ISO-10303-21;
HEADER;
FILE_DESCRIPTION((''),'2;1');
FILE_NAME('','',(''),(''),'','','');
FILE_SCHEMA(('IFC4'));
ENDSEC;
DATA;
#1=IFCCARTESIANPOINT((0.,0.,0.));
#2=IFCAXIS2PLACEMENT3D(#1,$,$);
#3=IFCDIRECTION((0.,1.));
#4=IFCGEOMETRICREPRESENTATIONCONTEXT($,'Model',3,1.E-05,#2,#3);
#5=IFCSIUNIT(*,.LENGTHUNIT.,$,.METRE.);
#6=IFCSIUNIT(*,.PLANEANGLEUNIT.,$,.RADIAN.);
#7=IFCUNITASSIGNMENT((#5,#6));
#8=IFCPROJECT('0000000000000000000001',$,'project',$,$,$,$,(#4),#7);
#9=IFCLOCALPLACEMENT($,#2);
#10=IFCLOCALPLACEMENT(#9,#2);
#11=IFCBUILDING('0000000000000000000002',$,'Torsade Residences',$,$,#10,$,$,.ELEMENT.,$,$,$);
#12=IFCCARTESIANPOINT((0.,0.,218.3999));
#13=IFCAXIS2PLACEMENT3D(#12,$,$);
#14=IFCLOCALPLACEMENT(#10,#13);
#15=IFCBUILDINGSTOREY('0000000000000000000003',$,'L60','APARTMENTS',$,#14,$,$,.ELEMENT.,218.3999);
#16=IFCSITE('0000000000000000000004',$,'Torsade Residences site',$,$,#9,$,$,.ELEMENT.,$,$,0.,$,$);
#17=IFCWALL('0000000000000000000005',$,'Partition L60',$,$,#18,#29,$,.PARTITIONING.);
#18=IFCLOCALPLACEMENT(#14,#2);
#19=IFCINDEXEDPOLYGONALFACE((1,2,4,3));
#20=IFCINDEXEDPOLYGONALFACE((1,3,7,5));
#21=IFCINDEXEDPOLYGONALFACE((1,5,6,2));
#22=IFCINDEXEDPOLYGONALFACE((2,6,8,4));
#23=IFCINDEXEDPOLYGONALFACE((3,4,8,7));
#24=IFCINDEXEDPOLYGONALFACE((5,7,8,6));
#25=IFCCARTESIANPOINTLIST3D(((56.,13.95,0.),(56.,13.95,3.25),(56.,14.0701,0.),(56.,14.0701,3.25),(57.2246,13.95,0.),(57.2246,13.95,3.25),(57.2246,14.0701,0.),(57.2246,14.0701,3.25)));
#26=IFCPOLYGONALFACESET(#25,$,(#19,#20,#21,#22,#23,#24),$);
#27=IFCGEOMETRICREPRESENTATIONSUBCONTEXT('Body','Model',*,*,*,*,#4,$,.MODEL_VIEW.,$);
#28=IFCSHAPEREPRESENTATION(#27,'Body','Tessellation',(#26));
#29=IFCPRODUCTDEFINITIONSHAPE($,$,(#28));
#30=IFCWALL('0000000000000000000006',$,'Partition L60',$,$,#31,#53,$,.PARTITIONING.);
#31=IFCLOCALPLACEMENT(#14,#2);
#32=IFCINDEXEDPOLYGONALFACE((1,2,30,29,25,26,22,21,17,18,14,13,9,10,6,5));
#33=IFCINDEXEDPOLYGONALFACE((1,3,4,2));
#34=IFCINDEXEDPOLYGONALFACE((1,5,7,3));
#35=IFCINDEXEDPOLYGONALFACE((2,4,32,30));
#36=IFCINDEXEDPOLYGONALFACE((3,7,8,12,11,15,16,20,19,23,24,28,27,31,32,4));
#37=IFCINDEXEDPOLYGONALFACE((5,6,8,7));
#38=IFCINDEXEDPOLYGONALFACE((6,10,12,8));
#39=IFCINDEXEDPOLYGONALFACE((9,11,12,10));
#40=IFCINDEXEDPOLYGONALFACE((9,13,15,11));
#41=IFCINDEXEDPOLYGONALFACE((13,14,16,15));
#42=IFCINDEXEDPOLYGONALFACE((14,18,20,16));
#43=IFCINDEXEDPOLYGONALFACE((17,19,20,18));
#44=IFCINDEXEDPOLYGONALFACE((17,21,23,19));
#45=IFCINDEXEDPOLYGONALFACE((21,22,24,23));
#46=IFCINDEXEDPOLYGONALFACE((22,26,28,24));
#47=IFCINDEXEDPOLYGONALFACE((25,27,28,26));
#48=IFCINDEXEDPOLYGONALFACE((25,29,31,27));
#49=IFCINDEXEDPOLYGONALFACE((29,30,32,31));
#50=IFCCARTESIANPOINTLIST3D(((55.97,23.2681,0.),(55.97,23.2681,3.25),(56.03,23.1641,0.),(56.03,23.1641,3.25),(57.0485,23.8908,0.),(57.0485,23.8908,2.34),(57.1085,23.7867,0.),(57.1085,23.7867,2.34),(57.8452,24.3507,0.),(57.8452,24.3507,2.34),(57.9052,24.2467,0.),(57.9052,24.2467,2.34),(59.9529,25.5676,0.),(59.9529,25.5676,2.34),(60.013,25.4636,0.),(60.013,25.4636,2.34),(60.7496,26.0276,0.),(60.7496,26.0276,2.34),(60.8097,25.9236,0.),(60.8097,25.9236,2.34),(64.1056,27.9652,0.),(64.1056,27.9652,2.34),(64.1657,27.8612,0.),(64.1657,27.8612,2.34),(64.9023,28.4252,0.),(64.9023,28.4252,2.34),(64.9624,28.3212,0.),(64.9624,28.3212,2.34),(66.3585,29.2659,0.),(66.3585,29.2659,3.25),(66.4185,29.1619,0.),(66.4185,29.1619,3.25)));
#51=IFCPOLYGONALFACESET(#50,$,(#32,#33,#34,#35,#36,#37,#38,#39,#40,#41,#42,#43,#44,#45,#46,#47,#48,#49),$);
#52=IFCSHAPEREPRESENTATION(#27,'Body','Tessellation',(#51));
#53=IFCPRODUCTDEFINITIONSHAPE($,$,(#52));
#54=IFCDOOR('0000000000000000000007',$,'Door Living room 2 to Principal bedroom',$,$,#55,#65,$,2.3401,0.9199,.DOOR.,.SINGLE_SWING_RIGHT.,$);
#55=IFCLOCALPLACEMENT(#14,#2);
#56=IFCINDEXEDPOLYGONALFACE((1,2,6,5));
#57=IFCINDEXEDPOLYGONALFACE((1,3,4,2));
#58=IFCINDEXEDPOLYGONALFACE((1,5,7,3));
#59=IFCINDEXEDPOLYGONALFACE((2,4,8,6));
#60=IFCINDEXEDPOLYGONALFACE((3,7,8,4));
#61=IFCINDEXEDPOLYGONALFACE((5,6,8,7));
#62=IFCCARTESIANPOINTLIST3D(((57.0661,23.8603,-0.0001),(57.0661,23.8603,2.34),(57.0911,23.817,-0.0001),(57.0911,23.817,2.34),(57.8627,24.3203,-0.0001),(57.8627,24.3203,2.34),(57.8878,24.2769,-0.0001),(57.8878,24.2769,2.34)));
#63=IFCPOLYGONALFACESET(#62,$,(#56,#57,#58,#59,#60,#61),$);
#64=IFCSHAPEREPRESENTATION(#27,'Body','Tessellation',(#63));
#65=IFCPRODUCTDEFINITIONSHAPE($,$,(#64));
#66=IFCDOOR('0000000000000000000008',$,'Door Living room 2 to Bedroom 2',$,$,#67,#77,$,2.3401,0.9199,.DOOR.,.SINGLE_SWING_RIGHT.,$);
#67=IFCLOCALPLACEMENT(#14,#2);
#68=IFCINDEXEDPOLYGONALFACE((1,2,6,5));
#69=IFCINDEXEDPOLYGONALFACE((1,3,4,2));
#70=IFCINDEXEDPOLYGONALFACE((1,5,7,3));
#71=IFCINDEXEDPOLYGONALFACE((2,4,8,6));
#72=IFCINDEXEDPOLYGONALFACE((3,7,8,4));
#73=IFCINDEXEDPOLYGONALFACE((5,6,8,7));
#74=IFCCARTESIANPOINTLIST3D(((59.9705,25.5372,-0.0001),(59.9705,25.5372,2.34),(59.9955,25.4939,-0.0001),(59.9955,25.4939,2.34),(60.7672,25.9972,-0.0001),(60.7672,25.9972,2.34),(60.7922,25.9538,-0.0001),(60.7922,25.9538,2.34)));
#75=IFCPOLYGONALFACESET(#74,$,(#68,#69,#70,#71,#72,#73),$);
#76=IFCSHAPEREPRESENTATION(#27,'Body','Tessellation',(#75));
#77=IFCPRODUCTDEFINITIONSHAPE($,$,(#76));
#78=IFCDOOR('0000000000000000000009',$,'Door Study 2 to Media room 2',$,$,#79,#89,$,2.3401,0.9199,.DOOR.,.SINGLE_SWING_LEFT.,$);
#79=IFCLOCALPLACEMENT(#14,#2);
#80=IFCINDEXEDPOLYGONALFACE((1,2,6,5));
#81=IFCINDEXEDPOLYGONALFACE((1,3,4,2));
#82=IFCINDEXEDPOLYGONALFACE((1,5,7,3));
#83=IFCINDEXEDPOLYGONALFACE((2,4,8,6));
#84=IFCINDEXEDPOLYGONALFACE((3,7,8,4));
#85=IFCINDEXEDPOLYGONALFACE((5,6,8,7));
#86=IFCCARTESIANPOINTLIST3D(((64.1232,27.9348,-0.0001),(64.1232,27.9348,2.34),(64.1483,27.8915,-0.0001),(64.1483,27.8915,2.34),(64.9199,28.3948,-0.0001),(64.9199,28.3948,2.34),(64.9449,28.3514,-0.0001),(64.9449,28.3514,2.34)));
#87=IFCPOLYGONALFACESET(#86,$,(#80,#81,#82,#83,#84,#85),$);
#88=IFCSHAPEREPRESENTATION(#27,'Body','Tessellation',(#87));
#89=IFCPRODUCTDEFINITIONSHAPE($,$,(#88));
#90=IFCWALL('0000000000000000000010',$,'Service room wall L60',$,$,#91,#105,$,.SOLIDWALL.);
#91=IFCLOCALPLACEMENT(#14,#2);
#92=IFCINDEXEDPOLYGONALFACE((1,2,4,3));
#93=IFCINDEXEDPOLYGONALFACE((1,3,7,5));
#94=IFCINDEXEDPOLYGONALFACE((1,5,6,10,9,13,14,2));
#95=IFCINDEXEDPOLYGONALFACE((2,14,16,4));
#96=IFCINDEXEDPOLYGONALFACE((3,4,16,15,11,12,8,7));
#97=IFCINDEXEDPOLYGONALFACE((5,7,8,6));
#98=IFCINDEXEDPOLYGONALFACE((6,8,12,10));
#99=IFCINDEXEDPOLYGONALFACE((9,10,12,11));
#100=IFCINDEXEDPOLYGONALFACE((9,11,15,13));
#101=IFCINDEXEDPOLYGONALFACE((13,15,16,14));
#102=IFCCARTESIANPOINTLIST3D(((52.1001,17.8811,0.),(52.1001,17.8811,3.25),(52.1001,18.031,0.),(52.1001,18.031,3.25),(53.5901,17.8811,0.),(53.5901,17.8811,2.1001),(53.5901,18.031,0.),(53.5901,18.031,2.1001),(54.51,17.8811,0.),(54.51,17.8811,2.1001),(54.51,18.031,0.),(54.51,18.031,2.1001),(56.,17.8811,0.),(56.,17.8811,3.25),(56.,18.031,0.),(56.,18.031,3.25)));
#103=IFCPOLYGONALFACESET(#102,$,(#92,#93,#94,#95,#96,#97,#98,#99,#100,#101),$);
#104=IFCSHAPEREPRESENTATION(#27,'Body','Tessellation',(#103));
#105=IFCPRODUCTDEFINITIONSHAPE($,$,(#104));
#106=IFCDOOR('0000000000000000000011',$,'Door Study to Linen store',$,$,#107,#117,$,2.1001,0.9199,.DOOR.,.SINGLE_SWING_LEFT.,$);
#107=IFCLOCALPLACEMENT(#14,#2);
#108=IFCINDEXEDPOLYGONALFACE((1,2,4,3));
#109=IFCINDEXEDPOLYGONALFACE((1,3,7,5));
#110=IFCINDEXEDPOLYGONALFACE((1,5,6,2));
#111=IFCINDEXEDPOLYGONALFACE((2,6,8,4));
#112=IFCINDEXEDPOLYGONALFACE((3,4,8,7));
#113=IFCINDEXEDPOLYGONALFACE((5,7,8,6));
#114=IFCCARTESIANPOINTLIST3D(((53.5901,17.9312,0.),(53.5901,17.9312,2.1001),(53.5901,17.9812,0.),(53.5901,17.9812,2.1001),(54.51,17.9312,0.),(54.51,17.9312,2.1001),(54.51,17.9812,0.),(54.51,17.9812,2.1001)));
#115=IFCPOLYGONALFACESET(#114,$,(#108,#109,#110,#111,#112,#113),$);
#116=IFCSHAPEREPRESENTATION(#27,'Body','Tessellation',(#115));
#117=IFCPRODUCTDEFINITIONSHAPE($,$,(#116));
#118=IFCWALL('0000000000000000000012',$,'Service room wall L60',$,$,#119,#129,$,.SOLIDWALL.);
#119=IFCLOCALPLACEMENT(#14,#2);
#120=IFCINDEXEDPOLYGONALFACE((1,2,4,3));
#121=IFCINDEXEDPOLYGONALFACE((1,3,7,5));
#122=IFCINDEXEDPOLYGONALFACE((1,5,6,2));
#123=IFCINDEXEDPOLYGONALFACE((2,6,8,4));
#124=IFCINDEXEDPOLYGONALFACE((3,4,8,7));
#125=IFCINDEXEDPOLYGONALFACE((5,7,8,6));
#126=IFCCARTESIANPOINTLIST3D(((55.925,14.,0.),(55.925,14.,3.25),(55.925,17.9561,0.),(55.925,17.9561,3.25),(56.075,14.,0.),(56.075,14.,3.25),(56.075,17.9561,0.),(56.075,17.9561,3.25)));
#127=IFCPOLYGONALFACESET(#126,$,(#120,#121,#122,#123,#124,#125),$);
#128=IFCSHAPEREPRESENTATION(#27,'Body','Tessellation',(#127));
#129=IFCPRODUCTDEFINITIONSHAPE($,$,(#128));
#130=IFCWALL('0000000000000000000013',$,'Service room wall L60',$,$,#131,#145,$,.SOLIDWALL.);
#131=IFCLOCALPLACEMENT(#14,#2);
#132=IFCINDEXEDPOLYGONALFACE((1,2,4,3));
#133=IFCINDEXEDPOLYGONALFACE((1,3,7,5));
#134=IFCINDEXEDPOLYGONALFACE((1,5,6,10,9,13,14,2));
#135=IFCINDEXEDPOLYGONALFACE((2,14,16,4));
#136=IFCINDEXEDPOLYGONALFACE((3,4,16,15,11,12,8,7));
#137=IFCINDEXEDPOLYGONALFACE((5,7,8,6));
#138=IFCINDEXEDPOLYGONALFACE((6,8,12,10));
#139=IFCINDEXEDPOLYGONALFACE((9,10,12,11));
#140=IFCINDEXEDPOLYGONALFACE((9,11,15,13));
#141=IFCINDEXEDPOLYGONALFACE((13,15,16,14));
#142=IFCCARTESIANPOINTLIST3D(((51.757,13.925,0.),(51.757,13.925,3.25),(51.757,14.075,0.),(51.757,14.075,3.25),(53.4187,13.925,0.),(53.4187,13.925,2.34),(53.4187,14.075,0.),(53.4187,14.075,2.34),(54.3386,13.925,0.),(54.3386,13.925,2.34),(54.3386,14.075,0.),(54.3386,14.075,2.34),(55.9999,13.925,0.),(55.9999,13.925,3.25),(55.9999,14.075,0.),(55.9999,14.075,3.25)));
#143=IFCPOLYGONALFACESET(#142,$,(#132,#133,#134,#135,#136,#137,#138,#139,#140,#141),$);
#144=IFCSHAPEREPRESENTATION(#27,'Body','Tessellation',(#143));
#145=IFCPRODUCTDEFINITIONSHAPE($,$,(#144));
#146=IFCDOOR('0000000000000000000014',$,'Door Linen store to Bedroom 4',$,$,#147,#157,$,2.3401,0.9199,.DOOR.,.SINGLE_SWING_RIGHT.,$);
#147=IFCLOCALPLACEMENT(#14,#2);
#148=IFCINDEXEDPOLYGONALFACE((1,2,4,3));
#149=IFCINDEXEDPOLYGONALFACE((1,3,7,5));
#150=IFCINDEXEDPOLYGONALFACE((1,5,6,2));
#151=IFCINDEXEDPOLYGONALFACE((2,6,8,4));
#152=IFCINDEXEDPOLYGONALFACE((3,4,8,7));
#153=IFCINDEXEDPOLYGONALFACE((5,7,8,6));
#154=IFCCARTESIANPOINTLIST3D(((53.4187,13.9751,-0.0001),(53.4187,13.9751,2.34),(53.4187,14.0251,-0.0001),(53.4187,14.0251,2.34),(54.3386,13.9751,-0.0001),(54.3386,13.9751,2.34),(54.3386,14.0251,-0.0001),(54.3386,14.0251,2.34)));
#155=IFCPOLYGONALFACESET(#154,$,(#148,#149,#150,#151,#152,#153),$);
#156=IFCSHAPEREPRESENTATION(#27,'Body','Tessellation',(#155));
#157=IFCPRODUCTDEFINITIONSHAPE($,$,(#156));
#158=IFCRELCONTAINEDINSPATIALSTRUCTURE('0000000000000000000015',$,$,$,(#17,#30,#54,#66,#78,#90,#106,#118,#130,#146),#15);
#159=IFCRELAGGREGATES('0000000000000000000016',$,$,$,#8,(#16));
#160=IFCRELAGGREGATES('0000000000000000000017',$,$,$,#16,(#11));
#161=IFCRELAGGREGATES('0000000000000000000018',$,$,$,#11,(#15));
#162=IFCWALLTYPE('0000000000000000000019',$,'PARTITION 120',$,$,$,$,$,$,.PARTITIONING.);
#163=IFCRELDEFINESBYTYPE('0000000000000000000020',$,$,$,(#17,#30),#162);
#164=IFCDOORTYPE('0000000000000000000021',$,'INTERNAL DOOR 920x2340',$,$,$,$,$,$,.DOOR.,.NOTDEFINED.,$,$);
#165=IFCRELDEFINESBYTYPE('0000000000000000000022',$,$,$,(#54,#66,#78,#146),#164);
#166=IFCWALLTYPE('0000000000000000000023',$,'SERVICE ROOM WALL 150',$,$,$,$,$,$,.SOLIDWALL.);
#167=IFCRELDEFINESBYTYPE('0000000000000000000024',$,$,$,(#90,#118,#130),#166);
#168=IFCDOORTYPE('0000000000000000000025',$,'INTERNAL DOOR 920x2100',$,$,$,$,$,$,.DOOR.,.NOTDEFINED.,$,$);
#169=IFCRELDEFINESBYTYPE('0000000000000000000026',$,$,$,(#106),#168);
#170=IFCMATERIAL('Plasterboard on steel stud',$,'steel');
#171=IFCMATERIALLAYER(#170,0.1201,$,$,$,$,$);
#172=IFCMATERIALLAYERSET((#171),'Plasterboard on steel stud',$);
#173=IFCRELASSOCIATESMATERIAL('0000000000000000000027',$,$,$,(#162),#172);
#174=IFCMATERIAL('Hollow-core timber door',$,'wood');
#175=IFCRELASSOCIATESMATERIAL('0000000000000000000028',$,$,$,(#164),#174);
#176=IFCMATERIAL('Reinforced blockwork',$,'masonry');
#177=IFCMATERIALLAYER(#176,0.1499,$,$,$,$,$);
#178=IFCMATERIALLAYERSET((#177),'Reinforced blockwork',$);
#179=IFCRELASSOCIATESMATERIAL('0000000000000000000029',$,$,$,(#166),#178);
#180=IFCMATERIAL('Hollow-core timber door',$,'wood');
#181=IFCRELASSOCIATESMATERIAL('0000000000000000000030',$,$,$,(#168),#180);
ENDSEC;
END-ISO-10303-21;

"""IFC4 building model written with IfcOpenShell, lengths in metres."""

from ifc_helpers import new_model, si_unit, direction, frame, frame_2d, origin, place, context, subcontext, project, spatial, rectangle, extrude, material, layer, layer_set, type_object, element, fill, save


model = new_model("IFC4")

# Units and contexts
model_context = context("Model", 3, precision=1e-05, world=origin(), true_north=direction((0.0, 1.0)))
body_context = subcontext(model_context, "Body", "Model", "MODEL_VIEW")
ifc_project = project(units=[si_unit("LENGTHUNIT", "METRE"), si_unit("PLANEANGLEUNIT", "RADIAN")], contexts=[model_context])

# Site, building, storey
site_placement = place(None, origin())
site = spatial("IfcSite", under=ifc_project, at=site_placement, Name="Torsade Residences site", CompositionType="ELEMENT", RefElevation=0.0)
building_placement = place(site_placement, origin())
building = spatial("IfcBuilding", under=site, at=building_placement, Name="Torsade Residences", CompositionType="ELEMENT")
storey_placement = place(building_placement, frame((0.0, 0.0, 218.3999)))
storey = spatial("IfcBuildingStorey", under=building, at=storey_placement, Name="L60", Description="APARTMENTS", CompositionType="ELEMENT", Elevation=218.3999)

# Shared definitions
ifc_material_1 = material(Name="Plasterboard on steel stud", Category="steel")
ifc_layer_1 = layer(ifc_material_1, 0.1201)
ifc_layer_set_1 = layer_set([ifc_layer_1], Name="Plasterboard on steel stud")
wall_type_1 = type_object("IfcWallType", Name="PARTITION 120", PredefinedType="PARTITIONING", material=ifc_layer_set_1)
ifc_material_2 = material(Name="Hollow-core timber door", Category="wood")
door_type_1 = type_object("IfcDoorType", Name="INTERNAL DOOR 920x2340", OperationType="NOTDEFINED", PredefinedType="DOOR", material=ifc_material_2)

# Wall
wall_1_placement = place(storey_placement, frame((57.2246, 14.01, 0.0), z_axis=(0.0, 0.0, 1.0), x_axis=(-1.0, 0.0, 0.0)))
element("IfcWall", 1, at=wall_1_placement, inside=storey, type_object=wall_type_1, Name="Partition L60", PredefinedType="PARTITIONING", context=body_context, shape_type="SweptSolid", body=[
    extrude(rectangle(XDim=1.2246, YDim=0.1201, at=frame_2d((0.6123, 0.0))), origin(), (0.0, 0.0, 1.0), 3.25),
])

# Wall, openings, doors
wall_2_placement = place(storey_placement, frame((56.0, 23.2161, 0.0), z_axis=(0.0, 0.0, 1.0), x_axis=(0.866024, 0.500003, 0.0)))
wall_2 = element("IfcWall", 2, at=wall_2_placement, inside=storey, type_object=wall_type_1, Name="Partition L60", PredefinedType="PARTITIONING", context=body_context, shape_type="SweptSolid", body=[
    extrude(rectangle(XDim=11.9956, YDim=0.1201, at=frame_2d((5.9978, 0.0))), origin(), (0.0, 0.0, 1.0), 3.25),
])
opening_1_placement = place(wall_2_placement, frame((1.2454, 0.0, 0.0)))
opening_1 = element("IfcOpeningElement", 3, at=opening_1_placement, cuts=wall_2, PredefinedType="OPENING", context=body_context, shape_type="SweptSolid", body=[
    extrude(rectangle(XDim=0.9199, YDim=2.3401, at=frame_2d((0.46, 1.1699))), frame((0.0, 0.0701, 0.0), z_axis=(0.0, -1.0, 0.0), x_axis=(1.0, 0.0, 0.0)), (0.0, 0.0, 1.0), 0.1401),
])
opening_2_placement = place(wall_2_placement, frame((4.5991, 0.0, 0.0)))
opening_2 = element("IfcOpeningElement", 4, at=opening_2_placement, cuts=wall_2, PredefinedType="OPENING", context=body_context, shape_type="SweptSolid", body=[
    extrude(rectangle(XDim=0.9199, YDim=2.3401, at=frame_2d((0.46, 1.1699))), frame((0.0, 0.0701, 0.0), z_axis=(0.0, -1.0, 0.0), x_axis=(1.0, 0.0, 0.0)), (0.0, 0.0, 1.0), 0.1401),
])
opening_3_placement = place(wall_2_placement, frame((9.3943, 0.0, 0.0)))
opening_3 = element("IfcOpeningElement", 5, at=opening_3_placement, cuts=wall_2, PredefinedType="OPENING", context=body_context, shape_type="SweptSolid", body=[
    extrude(rectangle(XDim=0.9199, YDim=2.3401, at=frame_2d((0.46, 1.1699))), frame((0.0, 0.0701, 0.0), z_axis=(0.0, -1.0, 0.0), x_axis=(1.0, 0.0, 0.0)), (0.0, 0.0, 1.0), 0.1401),
])
door_1_placement = place(opening_1_placement, origin())
door_1 = element("IfcDoor", 6, at=door_1_placement, inside=storey, type_object=door_type_1, Name="Door Living room 2 to Principal bedroom", OperationType="SINGLE_SWING_RIGHT", OverallHeight=2.3401, OverallWidth=0.9199, PredefinedType="DOOR", context=body_context, shape_type="SweptSolid", body=[
    extrude(rectangle(XDim=0.9199, YDim=2.3401, at=frame_2d((0.46, 1.1699))), frame((0.0, 0.0249, 0.0), z_axis=(0.0, -1.0, 0.0), x_axis=(1.0, 0.0, 0.0)), (0.0, 0.0, 1.0), 0.05),
])
fill(opening_1, door_1)
door_2_placement = place(opening_2_placement, origin())
door_2 = element("IfcDoor", 7, at=door_2_placement, inside=storey, type_object=door_type_1, Name="Door Living room 2 to Bedroom 2", OperationType="SINGLE_SWING_RIGHT", OverallHeight=2.3401, OverallWidth=0.9199, PredefinedType="DOOR", context=body_context, shape_type="SweptSolid", body=[
    extrude(rectangle(XDim=0.9199, YDim=2.3401, at=frame_2d((0.46, 1.1699))), frame((0.0, 0.0249, 0.0), z_axis=(0.0, -1.0, 0.0), x_axis=(1.0, 0.0, 0.0)), (0.0, 0.0, 1.0), 0.05),
])
fill(opening_2, door_2)
door_3_placement = place(opening_3_placement, origin())
door_3 = element("IfcDoor", 8, at=door_3_placement, inside=storey, type_object=door_type_1, Name="Door Study 2 to Media room 2", OperationType="SINGLE_SWING_LEFT", OverallHeight=2.3401, OverallWidth=0.9199, PredefinedType="DOOR", context=body_context, shape_type="SweptSolid", body=[
    extrude(rectangle(XDim=0.9199, YDim=2.3401, at=frame_2d((0.46, 1.1699))), frame((0.0, 0.0249, 0.0), z_axis=(0.0, -1.0, 0.0), x_axis=(1.0, 0.0, 0.0)), (0.0, 0.0, 1.0), 0.05),
])
fill(opening_3, door_3)

# Wall, opening, door
ifc_material_3 = material(Name="Reinforced blockwork", Category="masonry")
ifc_layer_2 = layer(ifc_material_3, 0.1499)
ifc_layer_set_2 = layer_set([ifc_layer_2], Name="Reinforced blockwork")
wall_type_2 = type_object("IfcWallType", Name="SERVICE ROOM WALL 150", PredefinedType="SOLIDWALL", material=ifc_layer_set_2)
wall_3_placement = place(storey_placement, frame((56.0, 17.9561, 0.0), z_axis=(0.0, 0.0, 1.0), x_axis=(-1.0, 0.0, 0.0)))
wall_3 = element("IfcWall", 9, at=wall_3_placement, inside=storey, type_object=wall_type_2, Name="Service room wall L60", PredefinedType="SOLIDWALL", context=body_context, shape_type="SweptSolid", body=[
    extrude(rectangle(XDim=3.8999, YDim=0.1499, at=frame_2d((1.95, 0.0))), origin(), (0.0, 0.0, 1.0), 3.25),
])
opening_4_placement = place(wall_3_placement, frame((1.49, 0.0, 0.0)))
opening_4 = element("IfcOpeningElement", 10, at=opening_4_placement, cuts=wall_3, PredefinedType="OPENING", context=body_context, shape_type="SweptSolid", body=[
    extrude(rectangle(XDim=0.9199, YDim=2.1001, at=frame_2d((0.46, 1.05))), frame((0.0, 0.085, 0.0), z_axis=(0.0, -1.0, 0.0), x_axis=(1.0, 0.0, 0.0)), (0.0, 0.0, 1.0), 0.1699),
])
ifc_material_4 = material(Name="Hollow-core timber door", Category="wood")
door_type_2 = type_object("IfcDoorType", Name="INTERNAL DOOR 920x2100", OperationType="NOTDEFINED", PredefinedType="DOOR", material=ifc_material_4)
door_4_placement = place(opening_4_placement, origin())
door_4 = element("IfcDoor", 11, at=door_4_placement, inside=storey, type_object=door_type_2, Name="Door Study to Linen store", OperationType="SINGLE_SWING_LEFT", OverallHeight=2.1001, OverallWidth=0.9199, PredefinedType="DOOR", context=body_context, shape_type="SweptSolid", body=[
    extrude(rectangle(XDim=0.9199, YDim=2.1001, at=frame_2d((0.46, 1.05))), frame((0.0, 0.0249, 0.0), z_axis=(0.0, -1.0, 0.0), x_axis=(1.0, 0.0, 0.0)), (0.0, 0.0, 1.0), 0.05),
])
fill(opening_4, door_4)

# Wall
wall_4_placement = place(storey_placement, frame((56.0, 17.9561, 0.0), z_axis=(0.0, 0.0, 1.0), x_axis=(0.0, -1.0, 0.0)))
element("IfcWall", 12, at=wall_4_placement, inside=storey, type_object=wall_type_2, Name="Service room wall L60", PredefinedType="SOLIDWALL", context=body_context, shape_type="SweptSolid", body=[
    extrude(rectangle(XDim=3.9561, YDim=0.1499, at=frame_2d((1.978, 0.0))), origin(), (0.0, 0.0, 1.0), 3.25),
])

# Wall, opening, door
wall_5_placement = place(storey_placement, frame((56.0, 14.0, 0.0), z_axis=(0.0, 0.0, 1.0), x_axis=(-1.0, 0.0, 0.0)))
wall_5 = element("IfcWall", 13, at=wall_5_placement, inside=storey, type_object=wall_type_2, Name="Service room wall L60", PredefinedType="SOLIDWALL", context=body_context, shape_type="SweptSolid", body=[
    extrude(rectangle(XDim=4.2429, YDim=0.1499, at=frame_2d((2.1216, 0.0))), origin(), (0.0, 0.0, 1.0), 3.25),
])
opening_5_placement = place(wall_5_placement, frame((1.6614, 0.0, 0.0)))
opening_5 = element("IfcOpeningElement", 14, at=opening_5_placement, cuts=wall_5, PredefinedType="OPENING", context=body_context, shape_type="SweptSolid", body=[
    extrude(rectangle(XDim=0.9199, YDim=2.3401, at=frame_2d((0.46, 1.1699))), frame((0.0, 0.085, 0.0), z_axis=(0.0, -1.0, 0.0), x_axis=(1.0, 0.0, 0.0)), (0.0, 0.0, 1.0), 0.1699),
])
door_5_placement = place(opening_5_placement, origin())
door_5 = element("IfcDoor", 15, at=door_5_placement, inside=storey, type_object=door_type_1, Name="Door Linen store to Bedroom 4", OperationType="SINGLE_SWING_RIGHT", OverallHeight=2.3401, OverallWidth=0.9199, PredefinedType="DOOR", context=body_context, shape_type="SweptSolid", body=[
    extrude(rectangle(XDim=0.9199, YDim=2.3401, at=frame_2d((0.46, 1.1699))), frame((0.0, 0.0249, 0.0), z_axis=(0.0, -1.0, 0.0), x_axis=(1.0, 0.0, 0.0)), (0.0, 0.0, 1.0), 0.05),
])
fill(opening_5, door_5)

save(model, "model.ifc")
